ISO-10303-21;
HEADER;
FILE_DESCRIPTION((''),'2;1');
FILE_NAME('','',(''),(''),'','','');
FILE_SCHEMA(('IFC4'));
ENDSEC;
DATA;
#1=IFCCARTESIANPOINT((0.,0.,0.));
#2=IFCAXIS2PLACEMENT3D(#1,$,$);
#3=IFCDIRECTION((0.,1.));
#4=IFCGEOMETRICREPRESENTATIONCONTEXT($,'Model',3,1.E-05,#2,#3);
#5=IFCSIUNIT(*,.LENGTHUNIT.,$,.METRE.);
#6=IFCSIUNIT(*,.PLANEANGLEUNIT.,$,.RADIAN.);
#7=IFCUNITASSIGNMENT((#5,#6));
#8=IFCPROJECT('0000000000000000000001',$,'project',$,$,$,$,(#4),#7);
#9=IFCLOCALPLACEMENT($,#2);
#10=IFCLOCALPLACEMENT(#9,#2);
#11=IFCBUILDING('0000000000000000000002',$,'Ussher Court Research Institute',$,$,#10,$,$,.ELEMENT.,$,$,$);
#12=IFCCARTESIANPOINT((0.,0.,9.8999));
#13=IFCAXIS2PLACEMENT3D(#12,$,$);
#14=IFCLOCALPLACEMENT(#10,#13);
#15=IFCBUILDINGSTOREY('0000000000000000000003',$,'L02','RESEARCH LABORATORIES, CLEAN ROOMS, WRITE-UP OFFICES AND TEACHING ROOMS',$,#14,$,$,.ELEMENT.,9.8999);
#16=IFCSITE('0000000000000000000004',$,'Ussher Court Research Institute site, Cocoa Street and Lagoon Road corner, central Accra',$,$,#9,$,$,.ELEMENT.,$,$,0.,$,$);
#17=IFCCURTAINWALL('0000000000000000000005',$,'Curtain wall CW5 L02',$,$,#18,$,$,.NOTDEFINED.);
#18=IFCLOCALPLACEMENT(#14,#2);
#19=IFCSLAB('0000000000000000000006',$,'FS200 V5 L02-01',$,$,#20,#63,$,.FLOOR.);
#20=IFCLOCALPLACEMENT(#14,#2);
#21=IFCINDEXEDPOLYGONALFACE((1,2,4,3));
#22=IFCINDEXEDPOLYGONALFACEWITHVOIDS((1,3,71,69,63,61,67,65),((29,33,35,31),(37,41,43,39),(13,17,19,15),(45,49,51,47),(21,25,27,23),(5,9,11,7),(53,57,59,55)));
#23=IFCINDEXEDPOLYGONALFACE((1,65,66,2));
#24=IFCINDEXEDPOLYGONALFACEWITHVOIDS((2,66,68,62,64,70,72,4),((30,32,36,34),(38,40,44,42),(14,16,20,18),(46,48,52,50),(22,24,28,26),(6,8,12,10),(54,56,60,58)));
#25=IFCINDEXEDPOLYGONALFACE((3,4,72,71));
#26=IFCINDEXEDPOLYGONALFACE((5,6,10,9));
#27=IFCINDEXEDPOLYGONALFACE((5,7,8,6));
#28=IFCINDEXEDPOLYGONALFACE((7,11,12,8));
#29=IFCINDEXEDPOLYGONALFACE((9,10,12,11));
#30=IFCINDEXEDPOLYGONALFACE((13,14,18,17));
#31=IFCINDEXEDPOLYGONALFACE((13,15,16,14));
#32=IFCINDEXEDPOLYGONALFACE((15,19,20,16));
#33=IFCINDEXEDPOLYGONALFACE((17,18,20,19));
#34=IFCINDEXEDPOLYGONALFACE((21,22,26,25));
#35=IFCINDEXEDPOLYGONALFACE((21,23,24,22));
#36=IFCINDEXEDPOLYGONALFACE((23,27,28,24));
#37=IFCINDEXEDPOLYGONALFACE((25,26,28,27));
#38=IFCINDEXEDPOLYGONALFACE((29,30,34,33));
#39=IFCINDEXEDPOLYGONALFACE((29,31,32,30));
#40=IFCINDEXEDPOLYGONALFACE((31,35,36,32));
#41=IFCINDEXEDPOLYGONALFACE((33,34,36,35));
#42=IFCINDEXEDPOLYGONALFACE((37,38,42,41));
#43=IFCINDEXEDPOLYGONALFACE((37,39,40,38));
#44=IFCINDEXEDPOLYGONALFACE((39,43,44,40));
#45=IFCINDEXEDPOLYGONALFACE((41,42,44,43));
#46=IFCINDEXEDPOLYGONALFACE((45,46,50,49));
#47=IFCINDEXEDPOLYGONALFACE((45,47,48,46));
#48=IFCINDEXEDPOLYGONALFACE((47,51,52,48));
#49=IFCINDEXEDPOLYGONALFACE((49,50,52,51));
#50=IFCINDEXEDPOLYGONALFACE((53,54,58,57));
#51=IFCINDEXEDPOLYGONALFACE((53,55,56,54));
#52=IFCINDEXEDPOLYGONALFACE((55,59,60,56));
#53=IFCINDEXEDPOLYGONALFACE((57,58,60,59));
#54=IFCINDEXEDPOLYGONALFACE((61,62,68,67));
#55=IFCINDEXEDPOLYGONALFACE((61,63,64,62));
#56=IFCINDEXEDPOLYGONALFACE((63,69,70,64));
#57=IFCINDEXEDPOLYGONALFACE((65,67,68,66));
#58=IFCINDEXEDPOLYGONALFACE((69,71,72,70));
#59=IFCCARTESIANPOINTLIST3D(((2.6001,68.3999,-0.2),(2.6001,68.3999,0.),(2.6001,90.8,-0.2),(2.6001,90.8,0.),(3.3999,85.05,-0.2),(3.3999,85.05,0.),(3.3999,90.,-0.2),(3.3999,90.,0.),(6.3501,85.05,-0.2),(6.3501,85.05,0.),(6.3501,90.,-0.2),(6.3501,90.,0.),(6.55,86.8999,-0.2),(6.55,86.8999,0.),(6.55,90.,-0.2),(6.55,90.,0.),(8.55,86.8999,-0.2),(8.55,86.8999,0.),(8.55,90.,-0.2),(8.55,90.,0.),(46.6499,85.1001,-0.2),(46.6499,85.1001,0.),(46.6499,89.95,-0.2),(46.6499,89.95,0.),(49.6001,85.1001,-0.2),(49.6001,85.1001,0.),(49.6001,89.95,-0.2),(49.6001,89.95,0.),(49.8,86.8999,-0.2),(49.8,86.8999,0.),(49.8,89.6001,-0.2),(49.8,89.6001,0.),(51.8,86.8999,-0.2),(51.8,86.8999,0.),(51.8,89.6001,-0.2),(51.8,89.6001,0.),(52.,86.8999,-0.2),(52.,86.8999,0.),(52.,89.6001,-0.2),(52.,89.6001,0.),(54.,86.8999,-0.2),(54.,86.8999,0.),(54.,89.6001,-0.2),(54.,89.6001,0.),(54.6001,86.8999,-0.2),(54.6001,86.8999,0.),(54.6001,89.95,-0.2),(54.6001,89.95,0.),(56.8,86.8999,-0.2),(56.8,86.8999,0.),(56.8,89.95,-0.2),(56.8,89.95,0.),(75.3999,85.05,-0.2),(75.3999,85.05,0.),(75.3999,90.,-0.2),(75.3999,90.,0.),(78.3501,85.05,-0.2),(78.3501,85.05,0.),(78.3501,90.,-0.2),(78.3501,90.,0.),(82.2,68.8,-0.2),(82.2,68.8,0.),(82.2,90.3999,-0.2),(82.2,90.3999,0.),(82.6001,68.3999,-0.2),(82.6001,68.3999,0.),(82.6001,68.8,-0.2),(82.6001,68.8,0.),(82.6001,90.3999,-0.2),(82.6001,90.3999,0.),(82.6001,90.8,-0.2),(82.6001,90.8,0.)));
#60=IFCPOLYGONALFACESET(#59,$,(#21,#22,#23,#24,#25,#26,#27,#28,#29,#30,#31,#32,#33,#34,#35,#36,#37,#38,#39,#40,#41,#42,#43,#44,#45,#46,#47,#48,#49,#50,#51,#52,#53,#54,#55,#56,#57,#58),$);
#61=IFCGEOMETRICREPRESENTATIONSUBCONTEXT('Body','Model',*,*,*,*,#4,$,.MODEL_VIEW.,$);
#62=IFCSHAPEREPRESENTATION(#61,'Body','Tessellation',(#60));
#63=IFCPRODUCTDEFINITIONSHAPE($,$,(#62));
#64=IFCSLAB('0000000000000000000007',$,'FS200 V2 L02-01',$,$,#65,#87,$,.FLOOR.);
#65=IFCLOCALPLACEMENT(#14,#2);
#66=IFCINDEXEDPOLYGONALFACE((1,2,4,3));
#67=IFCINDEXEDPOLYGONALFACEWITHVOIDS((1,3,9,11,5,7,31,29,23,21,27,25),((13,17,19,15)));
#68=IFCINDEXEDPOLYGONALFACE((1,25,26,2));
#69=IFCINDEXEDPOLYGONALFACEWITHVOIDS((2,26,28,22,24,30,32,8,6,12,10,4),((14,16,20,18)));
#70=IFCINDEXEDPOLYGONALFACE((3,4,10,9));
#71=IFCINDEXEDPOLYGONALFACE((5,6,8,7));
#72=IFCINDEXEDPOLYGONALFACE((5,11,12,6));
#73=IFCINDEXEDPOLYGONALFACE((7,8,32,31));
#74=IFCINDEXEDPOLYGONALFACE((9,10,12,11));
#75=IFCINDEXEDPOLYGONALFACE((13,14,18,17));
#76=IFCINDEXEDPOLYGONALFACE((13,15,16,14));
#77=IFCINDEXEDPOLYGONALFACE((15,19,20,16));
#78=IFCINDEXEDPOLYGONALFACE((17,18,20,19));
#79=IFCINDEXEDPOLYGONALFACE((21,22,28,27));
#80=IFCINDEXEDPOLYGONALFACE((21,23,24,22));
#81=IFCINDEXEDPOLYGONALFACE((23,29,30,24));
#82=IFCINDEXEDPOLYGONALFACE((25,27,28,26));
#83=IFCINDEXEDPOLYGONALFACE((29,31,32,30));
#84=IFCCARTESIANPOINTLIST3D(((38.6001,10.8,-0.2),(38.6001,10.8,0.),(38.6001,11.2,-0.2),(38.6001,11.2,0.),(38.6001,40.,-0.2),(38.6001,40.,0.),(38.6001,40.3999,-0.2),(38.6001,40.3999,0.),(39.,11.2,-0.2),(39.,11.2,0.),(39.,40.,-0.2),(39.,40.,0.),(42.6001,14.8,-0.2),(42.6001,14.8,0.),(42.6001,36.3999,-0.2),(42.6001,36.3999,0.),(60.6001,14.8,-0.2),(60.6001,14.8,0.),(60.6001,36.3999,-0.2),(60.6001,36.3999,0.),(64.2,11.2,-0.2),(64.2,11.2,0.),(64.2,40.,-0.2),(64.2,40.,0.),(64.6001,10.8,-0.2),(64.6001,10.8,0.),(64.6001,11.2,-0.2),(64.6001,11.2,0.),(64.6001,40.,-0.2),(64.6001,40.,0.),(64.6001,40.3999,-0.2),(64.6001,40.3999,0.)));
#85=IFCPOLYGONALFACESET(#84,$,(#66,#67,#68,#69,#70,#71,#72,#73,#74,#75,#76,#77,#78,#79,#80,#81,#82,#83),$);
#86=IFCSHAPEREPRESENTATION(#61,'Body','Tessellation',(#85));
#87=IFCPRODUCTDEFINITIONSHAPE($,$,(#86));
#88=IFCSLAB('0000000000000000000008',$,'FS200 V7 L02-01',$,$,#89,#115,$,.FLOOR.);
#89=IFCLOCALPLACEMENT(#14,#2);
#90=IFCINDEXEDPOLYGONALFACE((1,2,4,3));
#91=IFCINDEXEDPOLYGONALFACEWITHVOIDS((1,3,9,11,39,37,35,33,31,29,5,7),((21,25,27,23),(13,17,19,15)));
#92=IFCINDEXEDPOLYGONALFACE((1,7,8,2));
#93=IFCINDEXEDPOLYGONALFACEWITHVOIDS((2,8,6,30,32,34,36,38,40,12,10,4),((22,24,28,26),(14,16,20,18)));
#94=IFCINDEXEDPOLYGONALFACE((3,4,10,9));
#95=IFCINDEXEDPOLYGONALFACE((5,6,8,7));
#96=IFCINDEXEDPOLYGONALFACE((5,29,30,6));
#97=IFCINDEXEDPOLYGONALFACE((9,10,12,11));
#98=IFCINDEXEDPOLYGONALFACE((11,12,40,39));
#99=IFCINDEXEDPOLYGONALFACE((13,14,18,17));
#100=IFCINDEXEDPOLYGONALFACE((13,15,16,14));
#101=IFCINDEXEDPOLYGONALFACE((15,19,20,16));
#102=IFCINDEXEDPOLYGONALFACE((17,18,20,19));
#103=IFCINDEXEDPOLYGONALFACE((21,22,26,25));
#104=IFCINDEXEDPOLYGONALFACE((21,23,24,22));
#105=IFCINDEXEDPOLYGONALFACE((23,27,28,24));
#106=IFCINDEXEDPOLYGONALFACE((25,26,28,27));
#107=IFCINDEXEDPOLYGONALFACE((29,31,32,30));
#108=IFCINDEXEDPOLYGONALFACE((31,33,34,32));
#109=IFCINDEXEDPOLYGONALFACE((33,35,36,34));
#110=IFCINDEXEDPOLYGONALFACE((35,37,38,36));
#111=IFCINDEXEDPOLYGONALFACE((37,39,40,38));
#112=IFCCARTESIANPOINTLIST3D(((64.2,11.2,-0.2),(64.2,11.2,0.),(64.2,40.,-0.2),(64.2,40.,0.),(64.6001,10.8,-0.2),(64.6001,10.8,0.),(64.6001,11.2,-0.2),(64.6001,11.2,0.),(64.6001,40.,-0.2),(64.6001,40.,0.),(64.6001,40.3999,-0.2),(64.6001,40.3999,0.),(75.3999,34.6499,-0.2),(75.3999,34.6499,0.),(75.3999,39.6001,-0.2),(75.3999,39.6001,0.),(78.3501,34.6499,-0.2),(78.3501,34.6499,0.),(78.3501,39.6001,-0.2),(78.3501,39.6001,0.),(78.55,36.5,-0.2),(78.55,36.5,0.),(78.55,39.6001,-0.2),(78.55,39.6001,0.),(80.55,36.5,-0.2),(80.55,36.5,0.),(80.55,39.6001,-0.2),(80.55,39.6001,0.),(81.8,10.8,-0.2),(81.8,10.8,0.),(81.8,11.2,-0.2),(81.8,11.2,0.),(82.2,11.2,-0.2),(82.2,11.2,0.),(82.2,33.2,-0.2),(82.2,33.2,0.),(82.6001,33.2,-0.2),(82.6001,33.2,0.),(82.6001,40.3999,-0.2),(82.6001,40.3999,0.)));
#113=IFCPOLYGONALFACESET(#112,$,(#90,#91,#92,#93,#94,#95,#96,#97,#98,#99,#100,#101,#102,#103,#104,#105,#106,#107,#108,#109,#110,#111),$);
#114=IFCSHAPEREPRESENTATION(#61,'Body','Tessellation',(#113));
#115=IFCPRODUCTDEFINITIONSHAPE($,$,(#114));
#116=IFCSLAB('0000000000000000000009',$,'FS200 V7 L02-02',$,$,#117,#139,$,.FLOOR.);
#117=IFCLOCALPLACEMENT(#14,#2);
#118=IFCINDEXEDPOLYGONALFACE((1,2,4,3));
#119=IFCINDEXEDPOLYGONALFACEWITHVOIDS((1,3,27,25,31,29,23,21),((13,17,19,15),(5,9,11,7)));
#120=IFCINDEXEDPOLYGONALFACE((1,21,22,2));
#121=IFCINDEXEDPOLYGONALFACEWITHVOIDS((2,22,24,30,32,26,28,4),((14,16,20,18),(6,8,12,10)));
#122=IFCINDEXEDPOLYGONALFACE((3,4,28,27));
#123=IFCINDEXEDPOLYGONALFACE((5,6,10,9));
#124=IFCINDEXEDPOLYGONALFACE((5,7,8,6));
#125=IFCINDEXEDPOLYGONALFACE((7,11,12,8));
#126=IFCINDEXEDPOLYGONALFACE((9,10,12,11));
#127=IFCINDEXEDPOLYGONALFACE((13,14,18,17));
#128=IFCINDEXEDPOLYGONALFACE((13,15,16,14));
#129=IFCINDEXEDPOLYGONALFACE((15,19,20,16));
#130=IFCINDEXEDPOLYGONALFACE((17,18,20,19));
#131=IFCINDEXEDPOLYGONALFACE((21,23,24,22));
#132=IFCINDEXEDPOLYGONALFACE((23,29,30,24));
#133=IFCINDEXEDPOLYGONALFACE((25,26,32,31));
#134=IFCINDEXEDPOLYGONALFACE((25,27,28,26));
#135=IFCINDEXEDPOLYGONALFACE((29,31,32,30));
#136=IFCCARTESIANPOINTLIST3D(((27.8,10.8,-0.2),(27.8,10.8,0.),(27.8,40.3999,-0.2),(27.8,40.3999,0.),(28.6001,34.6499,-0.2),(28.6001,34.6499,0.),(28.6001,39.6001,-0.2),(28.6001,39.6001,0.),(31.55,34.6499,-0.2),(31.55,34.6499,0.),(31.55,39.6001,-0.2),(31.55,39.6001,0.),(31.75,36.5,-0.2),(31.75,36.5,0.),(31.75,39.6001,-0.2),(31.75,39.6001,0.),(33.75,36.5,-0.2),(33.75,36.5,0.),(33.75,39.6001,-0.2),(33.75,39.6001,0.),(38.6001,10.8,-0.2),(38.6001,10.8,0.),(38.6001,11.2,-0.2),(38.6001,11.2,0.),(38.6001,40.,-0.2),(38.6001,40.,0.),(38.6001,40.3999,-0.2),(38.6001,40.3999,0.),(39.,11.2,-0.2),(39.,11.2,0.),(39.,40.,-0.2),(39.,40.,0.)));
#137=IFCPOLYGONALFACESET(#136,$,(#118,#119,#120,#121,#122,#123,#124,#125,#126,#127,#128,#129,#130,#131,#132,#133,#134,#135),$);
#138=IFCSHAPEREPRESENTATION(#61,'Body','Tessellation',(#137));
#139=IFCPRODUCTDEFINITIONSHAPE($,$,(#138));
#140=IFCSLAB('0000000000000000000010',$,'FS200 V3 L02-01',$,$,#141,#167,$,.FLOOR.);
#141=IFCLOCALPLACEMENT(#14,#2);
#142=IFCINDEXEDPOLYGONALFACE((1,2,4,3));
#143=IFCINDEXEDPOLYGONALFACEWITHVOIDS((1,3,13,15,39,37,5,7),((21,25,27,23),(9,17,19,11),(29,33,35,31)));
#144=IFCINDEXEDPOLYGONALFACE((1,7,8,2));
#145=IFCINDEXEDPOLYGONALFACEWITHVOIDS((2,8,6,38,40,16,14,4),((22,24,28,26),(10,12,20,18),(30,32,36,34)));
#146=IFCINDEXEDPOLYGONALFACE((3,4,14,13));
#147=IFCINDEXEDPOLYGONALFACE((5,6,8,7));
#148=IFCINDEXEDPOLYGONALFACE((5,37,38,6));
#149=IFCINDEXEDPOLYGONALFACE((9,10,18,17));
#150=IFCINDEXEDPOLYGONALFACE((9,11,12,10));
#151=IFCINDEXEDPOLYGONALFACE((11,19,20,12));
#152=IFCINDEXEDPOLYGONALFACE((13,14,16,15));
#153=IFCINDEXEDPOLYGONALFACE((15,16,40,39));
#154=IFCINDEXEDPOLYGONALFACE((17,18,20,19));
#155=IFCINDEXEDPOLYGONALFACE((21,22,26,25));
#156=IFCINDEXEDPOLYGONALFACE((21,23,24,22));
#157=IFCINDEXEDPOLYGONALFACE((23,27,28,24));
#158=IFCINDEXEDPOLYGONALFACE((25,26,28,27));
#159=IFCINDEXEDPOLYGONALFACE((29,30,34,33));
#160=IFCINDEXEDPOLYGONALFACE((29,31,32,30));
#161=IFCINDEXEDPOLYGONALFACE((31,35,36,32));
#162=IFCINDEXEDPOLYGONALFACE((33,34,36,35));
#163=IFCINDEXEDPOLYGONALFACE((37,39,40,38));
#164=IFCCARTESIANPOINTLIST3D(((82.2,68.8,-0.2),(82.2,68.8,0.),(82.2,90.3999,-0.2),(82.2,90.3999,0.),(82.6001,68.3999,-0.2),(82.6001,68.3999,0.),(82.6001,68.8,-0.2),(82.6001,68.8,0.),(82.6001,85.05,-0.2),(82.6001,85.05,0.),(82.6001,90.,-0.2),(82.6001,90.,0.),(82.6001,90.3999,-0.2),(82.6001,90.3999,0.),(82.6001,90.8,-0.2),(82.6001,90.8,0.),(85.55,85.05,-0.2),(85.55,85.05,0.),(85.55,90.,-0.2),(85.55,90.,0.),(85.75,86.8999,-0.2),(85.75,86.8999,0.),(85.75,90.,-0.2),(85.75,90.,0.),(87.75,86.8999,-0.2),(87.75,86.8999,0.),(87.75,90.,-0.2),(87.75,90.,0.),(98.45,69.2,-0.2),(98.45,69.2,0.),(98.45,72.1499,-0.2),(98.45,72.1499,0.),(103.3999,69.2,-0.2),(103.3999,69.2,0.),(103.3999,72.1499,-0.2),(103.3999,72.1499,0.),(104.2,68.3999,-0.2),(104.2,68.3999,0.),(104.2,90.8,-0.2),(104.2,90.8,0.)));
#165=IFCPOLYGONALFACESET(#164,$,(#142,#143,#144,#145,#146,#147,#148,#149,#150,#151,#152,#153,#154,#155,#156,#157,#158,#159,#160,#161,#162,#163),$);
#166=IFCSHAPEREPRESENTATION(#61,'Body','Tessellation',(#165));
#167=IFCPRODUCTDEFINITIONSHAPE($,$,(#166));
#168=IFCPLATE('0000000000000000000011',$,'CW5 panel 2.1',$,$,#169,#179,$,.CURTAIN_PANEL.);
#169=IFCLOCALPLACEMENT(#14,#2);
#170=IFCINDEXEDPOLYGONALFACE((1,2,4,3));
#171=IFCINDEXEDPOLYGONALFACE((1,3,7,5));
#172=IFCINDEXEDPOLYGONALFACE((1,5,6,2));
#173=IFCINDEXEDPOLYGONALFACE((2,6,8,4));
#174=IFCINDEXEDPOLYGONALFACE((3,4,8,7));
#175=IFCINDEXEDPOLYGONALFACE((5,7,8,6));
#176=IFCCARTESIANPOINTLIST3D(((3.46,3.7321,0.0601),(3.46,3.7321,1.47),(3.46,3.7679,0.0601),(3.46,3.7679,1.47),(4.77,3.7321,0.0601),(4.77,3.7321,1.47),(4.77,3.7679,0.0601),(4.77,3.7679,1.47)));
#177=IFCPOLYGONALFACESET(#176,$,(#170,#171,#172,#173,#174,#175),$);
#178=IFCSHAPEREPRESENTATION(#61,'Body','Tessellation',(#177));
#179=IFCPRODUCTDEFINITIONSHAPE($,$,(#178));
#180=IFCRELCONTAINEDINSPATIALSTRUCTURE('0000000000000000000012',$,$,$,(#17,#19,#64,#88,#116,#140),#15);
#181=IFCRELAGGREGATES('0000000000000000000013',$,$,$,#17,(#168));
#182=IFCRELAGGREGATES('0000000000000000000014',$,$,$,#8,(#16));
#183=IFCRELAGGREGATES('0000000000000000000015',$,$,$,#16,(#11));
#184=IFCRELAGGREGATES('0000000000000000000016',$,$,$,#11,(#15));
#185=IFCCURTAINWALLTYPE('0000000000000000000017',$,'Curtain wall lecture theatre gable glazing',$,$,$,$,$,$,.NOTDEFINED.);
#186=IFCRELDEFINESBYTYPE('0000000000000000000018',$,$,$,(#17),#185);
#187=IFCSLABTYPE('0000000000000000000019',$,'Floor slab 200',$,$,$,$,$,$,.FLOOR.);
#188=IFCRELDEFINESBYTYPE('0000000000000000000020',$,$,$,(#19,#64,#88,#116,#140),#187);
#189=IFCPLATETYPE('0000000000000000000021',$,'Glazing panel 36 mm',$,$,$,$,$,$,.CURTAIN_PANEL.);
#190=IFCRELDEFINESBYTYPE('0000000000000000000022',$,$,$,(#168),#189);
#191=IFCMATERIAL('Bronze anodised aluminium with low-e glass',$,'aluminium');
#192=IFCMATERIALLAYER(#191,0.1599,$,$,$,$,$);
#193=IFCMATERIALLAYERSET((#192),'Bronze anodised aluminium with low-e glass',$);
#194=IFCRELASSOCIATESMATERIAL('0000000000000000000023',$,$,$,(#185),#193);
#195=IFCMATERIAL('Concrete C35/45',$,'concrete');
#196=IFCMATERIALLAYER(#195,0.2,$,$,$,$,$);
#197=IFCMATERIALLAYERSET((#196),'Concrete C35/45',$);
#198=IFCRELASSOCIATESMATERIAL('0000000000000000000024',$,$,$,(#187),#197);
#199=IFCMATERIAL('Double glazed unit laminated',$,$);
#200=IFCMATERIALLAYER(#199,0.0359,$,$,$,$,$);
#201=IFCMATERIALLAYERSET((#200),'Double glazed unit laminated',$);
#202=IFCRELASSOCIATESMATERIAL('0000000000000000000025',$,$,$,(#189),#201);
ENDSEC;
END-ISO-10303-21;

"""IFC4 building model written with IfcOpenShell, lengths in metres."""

from ifc_helpers import new_model, si_unit, direction, frame, origin, origin_2d, place, context, subcontext, project, spatial, polyline, rectangle, outline, extrude, material, layer, layer_set, type_object, element, aggregate, save


model = new_model("IFC4")

# Units and contexts
model_context = context("Model", 3, precision=1e-05, world=origin(), true_north=direction((0.0, 1.0)))
body_context = subcontext(model_context, "Body", "Model", "MODEL_VIEW")
ifc_project = project(units=[si_unit("LENGTHUNIT", "METRE"), si_unit("PLANEANGLEUNIT", "RADIAN")], contexts=[model_context])

# Site, building, storey
site_placement = place(None, origin())
site = spatial("IfcSite", under=ifc_project, at=site_placement, Name="Ussher Court Research Institute site, Cocoa Street and Lagoon Road corner, central Accra", CompositionType="ELEMENT", RefElevation=0.0)
building_placement = place(site_placement, origin())
building = spatial("IfcBuilding", under=site, at=building_placement, Name="Ussher Court Research Institute", CompositionType="ELEMENT")
storey_placement = place(building_placement, frame((0.0, 0.0, 9.8999)))
storey = spatial("IfcBuildingStorey", under=building, at=storey_placement, Name="L02", Description="RESEARCH LABORATORIES, CLEAN ROOMS, WRITE-UP OFFICES AND TEACHING ROOMS", CompositionType="ELEMENT", Elevation=9.8999)

# Curtain wall
ifc_material_1 = material(Name="Bronze anodised aluminium with low-e glass", Category="aluminium")
ifc_layer_1 = layer(ifc_material_1, 0.1599)
ifc_layer_set_1 = layer_set([ifc_layer_1], Name="Bronze anodised aluminium with low-e glass")
curtain_wall_type = type_object("IfcCurtainWallType", Name="Curtain wall lecture theatre gable glazing", PredefinedType="NOTDEFINED", material=ifc_layer_set_1)
curtain_wall_placement = place(storey_placement, origin())
curtain_wall = element("IfcCurtainWall", 1, at=curtain_wall_placement, inside=storey, type_object=curtain_wall_type, Name="Curtain wall CW5 L02", PredefinedType="NOTDEFINED")

# Slabs
ifc_material_2 = material(Name="Concrete C35/45", Category="concrete")
ifc_layer_2 = layer(ifc_material_2, 0.2)
ifc_layer_set_2 = layer_set([ifc_layer_2], Name="Concrete C35/45")
slab_type_1 = type_object("IfcSlabType", Name="Floor slab 200", PredefinedType="FLOOR", material=ifc_layer_set_2)
slab_1_placement = place(storey_placement, frame((0.0, 0.0, -0.2)))
element("IfcSlab", 2, at=slab_1_placement, inside=storey, type_object=slab_type_1, Name="FS200 V5 L02-01", PredefinedType="FLOOR", context=body_context, shape_type="SweptSolid", body=[
    extrude(outline(polyline([(82.6001, 90.8), (2.6001, 90.8), (2.6001, 68.3999), (82.6001, 68.3999), (82.6001, 68.8), (82.2, 68.8), (82.2, 90.3999), (82.6001, 90.3999), (82.6001, 90.8)]), holes=[polyline([(3.3999, 85.05), (3.3999, 90.0), (6.3501, 90.0), (6.3501, 85.05), (3.3999, 85.05)]), polyline([(46.6499, 85.1001), (46.6499, 89.95), (49.6001, 89.95), (49.6001, 85.1001), (46.6499, 85.1001)]), polyline([(75.3999, 85.05), (75.3999, 90.0), (78.3501, 90.0), (78.3501, 85.05), (75.3999, 85.05)]), polyline([(51.8, 86.8999), (49.8, 86.8999), (49.8, 89.6001), (51.8, 89.6001), (51.8, 86.8999)]), polyline([(52.0, 86.8999), (52.0, 89.6001), (54.0, 89.6001), (54.0, 86.8999), (52.0, 86.8999)]), polyline([(54.6001, 86.8999), (54.6001, 89.95), (56.8, 89.95), (56.8, 86.8999), (54.6001, 86.8999)]), polyline([(8.55, 86.8999), (6.55, 86.8999), (6.55, 90.0), (8.55, 90.0), (8.55, 86.8999)])]), origin(), (0.0, 0.0, 1.0), 0.2),
])
slab_2_placement = place(storey_placement, frame((0.0, 0.0, -0.2)))
element("IfcSlab", 3, at=slab_2_placement, inside=storey, type_object=slab_type_1, Name="FS200 V2 L02-01", PredefinedType="FLOOR", context=body_context, shape_type="SweptSolid", body=[
    extrude(outline(polyline([(39.0, 40.0), (39.0, 11.2), (38.6001, 11.2), (38.6001, 10.8), (64.6001, 10.8), (64.6001, 11.2), (64.2, 11.2), (64.2, 40.0), (64.6001, 40.0), (64.6001, 40.3999), (38.6001, 40.3999), (38.6001, 40.0), (39.0, 40.0)]), holes=[polyline([(42.6001, 36.3999), (60.6001, 36.3999), (60.6001, 14.8), (42.6001, 14.8), (42.6001, 36.3999)])]), origin(), (0.0, 0.0, 1.0), 0.2),
])
slab_3_placement = place(storey_placement, frame((0.0, 0.0, -0.2)))
element("IfcSlab", 4, at=slab_3_placement, inside=storey, type_object=slab_type_1, Name="FS200 V7 L02-01", PredefinedType="FLOOR", context=body_context, shape_type="SweptSolid", body=[
    extrude(outline(polyline([(64.2, 11.2), (64.6001, 11.2), (64.6001, 10.8), (81.8, 10.8), (81.8, 11.2), (82.2, 11.2), (82.2, 33.2), (82.6001, 33.2), (82.6001, 40.3999), (64.6001, 40.3999), (64.6001, 40.0), (64.2, 40.0), (64.2, 11.2)]), holes=[polyline([(75.3999, 34.6499), (75.3999, 39.6001), (78.3501, 39.6001), (78.3501, 34.6499), (75.3999, 34.6499)]), polyline([(80.55, 36.5), (78.55, 36.5), (78.55, 39.6001), (80.55, 39.6001), (80.55, 36.5)])]), origin(), (0.0, 0.0, 1.0), 0.2),
])
slab_4_placement = place(storey_placement, frame((0.0, 0.0, -0.2)))
element("IfcSlab", 5, at=slab_4_placement, inside=storey, type_object=slab_type_1, Name="FS200 V7 L02-02", PredefinedType="FLOOR", context=body_context, shape_type="SweptSolid", body=[
    extrude(outline(polyline([(38.6001, 40.0), (38.6001, 40.3999), (27.8, 40.3999), (27.8, 10.8), (38.6001, 10.8), (38.6001, 11.2), (39.0, 11.2), (39.0, 40.0), (38.6001, 40.0)]), holes=[polyline([(28.6001, 34.6499), (28.6001, 39.6001), (31.55, 39.6001), (31.55, 34.6499), (28.6001, 34.6499)]), polyline([(33.75, 36.5), (31.75, 36.5), (31.75, 39.6001), (33.75, 39.6001), (33.75, 36.5)])]), origin(), (0.0, 0.0, 1.0), 0.2),
])
slab_5_placement = place(storey_placement, frame((0.0, 0.0, -0.2)))
element("IfcSlab", 6, at=slab_5_placement, inside=storey, type_object=slab_type_1, Name="FS200 V3 L02-01", PredefinedType="FLOOR", context=body_context, shape_type="SweptSolid", body=[
    extrude(outline(polyline([(82.6001, 90.3999), (82.2, 90.3999), (82.2, 68.8), (82.6001, 68.8), (82.6001, 68.3999), (104.2, 68.3999), (104.2, 90.8), (82.6001, 90.8), (82.6001, 90.3999)]), holes=[polyline([(98.45, 72.1499), (103.3999, 72.1499), (103.3999, 69.2), (98.45, 69.2), (98.45, 72.1499)]), polyline([(82.6001, 90.0), (85.55, 90.0), (85.55, 85.05), (82.6001, 85.05), (82.6001, 90.0)]), polyline([(85.75, 86.8999), (85.75, 90.0), (87.75, 90.0), (87.75, 86.8999), (85.75, 86.8999)])]), origin(), (0.0, 0.0, 1.0), 0.2),
])

# Plate
ifc_material_3 = material(Name="Double glazed unit laminated")
ifc_layer_3 = layer(ifc_material_3, 0.0359)
ifc_layer_set_3 = layer_set([ifc_layer_3], Name="Double glazed unit laminated")
plate_type = type_object("IfcPlateType", Name="Glazing panel 36 mm", PredefinedType="CURTAIN_PANEL", material=ifc_layer_set_3)
plate_1_placement = place(storey_placement, frame((4.115, 3.75, 0.0601), z_axis=(0.0, 0.0, 1.0), x_axis=(-1.0, 0.0, 0.0)))
plate_1 = element("IfcPlate", 7, at=plate_1_placement, type_object=plate_type, Name="CW5 panel 2.1", PredefinedType="CURTAIN_PANEL", context=body_context, shape_type="SweptSolid", body=[
    extrude(rectangle(XDim=1.3101, YDim=0.0359, at=origin_2d()), origin(), (0.0, 0.0, 1.0), 1.4099),
])
aggregate(curtain_wall, [plate_1])

save(model, "model.ifc")
